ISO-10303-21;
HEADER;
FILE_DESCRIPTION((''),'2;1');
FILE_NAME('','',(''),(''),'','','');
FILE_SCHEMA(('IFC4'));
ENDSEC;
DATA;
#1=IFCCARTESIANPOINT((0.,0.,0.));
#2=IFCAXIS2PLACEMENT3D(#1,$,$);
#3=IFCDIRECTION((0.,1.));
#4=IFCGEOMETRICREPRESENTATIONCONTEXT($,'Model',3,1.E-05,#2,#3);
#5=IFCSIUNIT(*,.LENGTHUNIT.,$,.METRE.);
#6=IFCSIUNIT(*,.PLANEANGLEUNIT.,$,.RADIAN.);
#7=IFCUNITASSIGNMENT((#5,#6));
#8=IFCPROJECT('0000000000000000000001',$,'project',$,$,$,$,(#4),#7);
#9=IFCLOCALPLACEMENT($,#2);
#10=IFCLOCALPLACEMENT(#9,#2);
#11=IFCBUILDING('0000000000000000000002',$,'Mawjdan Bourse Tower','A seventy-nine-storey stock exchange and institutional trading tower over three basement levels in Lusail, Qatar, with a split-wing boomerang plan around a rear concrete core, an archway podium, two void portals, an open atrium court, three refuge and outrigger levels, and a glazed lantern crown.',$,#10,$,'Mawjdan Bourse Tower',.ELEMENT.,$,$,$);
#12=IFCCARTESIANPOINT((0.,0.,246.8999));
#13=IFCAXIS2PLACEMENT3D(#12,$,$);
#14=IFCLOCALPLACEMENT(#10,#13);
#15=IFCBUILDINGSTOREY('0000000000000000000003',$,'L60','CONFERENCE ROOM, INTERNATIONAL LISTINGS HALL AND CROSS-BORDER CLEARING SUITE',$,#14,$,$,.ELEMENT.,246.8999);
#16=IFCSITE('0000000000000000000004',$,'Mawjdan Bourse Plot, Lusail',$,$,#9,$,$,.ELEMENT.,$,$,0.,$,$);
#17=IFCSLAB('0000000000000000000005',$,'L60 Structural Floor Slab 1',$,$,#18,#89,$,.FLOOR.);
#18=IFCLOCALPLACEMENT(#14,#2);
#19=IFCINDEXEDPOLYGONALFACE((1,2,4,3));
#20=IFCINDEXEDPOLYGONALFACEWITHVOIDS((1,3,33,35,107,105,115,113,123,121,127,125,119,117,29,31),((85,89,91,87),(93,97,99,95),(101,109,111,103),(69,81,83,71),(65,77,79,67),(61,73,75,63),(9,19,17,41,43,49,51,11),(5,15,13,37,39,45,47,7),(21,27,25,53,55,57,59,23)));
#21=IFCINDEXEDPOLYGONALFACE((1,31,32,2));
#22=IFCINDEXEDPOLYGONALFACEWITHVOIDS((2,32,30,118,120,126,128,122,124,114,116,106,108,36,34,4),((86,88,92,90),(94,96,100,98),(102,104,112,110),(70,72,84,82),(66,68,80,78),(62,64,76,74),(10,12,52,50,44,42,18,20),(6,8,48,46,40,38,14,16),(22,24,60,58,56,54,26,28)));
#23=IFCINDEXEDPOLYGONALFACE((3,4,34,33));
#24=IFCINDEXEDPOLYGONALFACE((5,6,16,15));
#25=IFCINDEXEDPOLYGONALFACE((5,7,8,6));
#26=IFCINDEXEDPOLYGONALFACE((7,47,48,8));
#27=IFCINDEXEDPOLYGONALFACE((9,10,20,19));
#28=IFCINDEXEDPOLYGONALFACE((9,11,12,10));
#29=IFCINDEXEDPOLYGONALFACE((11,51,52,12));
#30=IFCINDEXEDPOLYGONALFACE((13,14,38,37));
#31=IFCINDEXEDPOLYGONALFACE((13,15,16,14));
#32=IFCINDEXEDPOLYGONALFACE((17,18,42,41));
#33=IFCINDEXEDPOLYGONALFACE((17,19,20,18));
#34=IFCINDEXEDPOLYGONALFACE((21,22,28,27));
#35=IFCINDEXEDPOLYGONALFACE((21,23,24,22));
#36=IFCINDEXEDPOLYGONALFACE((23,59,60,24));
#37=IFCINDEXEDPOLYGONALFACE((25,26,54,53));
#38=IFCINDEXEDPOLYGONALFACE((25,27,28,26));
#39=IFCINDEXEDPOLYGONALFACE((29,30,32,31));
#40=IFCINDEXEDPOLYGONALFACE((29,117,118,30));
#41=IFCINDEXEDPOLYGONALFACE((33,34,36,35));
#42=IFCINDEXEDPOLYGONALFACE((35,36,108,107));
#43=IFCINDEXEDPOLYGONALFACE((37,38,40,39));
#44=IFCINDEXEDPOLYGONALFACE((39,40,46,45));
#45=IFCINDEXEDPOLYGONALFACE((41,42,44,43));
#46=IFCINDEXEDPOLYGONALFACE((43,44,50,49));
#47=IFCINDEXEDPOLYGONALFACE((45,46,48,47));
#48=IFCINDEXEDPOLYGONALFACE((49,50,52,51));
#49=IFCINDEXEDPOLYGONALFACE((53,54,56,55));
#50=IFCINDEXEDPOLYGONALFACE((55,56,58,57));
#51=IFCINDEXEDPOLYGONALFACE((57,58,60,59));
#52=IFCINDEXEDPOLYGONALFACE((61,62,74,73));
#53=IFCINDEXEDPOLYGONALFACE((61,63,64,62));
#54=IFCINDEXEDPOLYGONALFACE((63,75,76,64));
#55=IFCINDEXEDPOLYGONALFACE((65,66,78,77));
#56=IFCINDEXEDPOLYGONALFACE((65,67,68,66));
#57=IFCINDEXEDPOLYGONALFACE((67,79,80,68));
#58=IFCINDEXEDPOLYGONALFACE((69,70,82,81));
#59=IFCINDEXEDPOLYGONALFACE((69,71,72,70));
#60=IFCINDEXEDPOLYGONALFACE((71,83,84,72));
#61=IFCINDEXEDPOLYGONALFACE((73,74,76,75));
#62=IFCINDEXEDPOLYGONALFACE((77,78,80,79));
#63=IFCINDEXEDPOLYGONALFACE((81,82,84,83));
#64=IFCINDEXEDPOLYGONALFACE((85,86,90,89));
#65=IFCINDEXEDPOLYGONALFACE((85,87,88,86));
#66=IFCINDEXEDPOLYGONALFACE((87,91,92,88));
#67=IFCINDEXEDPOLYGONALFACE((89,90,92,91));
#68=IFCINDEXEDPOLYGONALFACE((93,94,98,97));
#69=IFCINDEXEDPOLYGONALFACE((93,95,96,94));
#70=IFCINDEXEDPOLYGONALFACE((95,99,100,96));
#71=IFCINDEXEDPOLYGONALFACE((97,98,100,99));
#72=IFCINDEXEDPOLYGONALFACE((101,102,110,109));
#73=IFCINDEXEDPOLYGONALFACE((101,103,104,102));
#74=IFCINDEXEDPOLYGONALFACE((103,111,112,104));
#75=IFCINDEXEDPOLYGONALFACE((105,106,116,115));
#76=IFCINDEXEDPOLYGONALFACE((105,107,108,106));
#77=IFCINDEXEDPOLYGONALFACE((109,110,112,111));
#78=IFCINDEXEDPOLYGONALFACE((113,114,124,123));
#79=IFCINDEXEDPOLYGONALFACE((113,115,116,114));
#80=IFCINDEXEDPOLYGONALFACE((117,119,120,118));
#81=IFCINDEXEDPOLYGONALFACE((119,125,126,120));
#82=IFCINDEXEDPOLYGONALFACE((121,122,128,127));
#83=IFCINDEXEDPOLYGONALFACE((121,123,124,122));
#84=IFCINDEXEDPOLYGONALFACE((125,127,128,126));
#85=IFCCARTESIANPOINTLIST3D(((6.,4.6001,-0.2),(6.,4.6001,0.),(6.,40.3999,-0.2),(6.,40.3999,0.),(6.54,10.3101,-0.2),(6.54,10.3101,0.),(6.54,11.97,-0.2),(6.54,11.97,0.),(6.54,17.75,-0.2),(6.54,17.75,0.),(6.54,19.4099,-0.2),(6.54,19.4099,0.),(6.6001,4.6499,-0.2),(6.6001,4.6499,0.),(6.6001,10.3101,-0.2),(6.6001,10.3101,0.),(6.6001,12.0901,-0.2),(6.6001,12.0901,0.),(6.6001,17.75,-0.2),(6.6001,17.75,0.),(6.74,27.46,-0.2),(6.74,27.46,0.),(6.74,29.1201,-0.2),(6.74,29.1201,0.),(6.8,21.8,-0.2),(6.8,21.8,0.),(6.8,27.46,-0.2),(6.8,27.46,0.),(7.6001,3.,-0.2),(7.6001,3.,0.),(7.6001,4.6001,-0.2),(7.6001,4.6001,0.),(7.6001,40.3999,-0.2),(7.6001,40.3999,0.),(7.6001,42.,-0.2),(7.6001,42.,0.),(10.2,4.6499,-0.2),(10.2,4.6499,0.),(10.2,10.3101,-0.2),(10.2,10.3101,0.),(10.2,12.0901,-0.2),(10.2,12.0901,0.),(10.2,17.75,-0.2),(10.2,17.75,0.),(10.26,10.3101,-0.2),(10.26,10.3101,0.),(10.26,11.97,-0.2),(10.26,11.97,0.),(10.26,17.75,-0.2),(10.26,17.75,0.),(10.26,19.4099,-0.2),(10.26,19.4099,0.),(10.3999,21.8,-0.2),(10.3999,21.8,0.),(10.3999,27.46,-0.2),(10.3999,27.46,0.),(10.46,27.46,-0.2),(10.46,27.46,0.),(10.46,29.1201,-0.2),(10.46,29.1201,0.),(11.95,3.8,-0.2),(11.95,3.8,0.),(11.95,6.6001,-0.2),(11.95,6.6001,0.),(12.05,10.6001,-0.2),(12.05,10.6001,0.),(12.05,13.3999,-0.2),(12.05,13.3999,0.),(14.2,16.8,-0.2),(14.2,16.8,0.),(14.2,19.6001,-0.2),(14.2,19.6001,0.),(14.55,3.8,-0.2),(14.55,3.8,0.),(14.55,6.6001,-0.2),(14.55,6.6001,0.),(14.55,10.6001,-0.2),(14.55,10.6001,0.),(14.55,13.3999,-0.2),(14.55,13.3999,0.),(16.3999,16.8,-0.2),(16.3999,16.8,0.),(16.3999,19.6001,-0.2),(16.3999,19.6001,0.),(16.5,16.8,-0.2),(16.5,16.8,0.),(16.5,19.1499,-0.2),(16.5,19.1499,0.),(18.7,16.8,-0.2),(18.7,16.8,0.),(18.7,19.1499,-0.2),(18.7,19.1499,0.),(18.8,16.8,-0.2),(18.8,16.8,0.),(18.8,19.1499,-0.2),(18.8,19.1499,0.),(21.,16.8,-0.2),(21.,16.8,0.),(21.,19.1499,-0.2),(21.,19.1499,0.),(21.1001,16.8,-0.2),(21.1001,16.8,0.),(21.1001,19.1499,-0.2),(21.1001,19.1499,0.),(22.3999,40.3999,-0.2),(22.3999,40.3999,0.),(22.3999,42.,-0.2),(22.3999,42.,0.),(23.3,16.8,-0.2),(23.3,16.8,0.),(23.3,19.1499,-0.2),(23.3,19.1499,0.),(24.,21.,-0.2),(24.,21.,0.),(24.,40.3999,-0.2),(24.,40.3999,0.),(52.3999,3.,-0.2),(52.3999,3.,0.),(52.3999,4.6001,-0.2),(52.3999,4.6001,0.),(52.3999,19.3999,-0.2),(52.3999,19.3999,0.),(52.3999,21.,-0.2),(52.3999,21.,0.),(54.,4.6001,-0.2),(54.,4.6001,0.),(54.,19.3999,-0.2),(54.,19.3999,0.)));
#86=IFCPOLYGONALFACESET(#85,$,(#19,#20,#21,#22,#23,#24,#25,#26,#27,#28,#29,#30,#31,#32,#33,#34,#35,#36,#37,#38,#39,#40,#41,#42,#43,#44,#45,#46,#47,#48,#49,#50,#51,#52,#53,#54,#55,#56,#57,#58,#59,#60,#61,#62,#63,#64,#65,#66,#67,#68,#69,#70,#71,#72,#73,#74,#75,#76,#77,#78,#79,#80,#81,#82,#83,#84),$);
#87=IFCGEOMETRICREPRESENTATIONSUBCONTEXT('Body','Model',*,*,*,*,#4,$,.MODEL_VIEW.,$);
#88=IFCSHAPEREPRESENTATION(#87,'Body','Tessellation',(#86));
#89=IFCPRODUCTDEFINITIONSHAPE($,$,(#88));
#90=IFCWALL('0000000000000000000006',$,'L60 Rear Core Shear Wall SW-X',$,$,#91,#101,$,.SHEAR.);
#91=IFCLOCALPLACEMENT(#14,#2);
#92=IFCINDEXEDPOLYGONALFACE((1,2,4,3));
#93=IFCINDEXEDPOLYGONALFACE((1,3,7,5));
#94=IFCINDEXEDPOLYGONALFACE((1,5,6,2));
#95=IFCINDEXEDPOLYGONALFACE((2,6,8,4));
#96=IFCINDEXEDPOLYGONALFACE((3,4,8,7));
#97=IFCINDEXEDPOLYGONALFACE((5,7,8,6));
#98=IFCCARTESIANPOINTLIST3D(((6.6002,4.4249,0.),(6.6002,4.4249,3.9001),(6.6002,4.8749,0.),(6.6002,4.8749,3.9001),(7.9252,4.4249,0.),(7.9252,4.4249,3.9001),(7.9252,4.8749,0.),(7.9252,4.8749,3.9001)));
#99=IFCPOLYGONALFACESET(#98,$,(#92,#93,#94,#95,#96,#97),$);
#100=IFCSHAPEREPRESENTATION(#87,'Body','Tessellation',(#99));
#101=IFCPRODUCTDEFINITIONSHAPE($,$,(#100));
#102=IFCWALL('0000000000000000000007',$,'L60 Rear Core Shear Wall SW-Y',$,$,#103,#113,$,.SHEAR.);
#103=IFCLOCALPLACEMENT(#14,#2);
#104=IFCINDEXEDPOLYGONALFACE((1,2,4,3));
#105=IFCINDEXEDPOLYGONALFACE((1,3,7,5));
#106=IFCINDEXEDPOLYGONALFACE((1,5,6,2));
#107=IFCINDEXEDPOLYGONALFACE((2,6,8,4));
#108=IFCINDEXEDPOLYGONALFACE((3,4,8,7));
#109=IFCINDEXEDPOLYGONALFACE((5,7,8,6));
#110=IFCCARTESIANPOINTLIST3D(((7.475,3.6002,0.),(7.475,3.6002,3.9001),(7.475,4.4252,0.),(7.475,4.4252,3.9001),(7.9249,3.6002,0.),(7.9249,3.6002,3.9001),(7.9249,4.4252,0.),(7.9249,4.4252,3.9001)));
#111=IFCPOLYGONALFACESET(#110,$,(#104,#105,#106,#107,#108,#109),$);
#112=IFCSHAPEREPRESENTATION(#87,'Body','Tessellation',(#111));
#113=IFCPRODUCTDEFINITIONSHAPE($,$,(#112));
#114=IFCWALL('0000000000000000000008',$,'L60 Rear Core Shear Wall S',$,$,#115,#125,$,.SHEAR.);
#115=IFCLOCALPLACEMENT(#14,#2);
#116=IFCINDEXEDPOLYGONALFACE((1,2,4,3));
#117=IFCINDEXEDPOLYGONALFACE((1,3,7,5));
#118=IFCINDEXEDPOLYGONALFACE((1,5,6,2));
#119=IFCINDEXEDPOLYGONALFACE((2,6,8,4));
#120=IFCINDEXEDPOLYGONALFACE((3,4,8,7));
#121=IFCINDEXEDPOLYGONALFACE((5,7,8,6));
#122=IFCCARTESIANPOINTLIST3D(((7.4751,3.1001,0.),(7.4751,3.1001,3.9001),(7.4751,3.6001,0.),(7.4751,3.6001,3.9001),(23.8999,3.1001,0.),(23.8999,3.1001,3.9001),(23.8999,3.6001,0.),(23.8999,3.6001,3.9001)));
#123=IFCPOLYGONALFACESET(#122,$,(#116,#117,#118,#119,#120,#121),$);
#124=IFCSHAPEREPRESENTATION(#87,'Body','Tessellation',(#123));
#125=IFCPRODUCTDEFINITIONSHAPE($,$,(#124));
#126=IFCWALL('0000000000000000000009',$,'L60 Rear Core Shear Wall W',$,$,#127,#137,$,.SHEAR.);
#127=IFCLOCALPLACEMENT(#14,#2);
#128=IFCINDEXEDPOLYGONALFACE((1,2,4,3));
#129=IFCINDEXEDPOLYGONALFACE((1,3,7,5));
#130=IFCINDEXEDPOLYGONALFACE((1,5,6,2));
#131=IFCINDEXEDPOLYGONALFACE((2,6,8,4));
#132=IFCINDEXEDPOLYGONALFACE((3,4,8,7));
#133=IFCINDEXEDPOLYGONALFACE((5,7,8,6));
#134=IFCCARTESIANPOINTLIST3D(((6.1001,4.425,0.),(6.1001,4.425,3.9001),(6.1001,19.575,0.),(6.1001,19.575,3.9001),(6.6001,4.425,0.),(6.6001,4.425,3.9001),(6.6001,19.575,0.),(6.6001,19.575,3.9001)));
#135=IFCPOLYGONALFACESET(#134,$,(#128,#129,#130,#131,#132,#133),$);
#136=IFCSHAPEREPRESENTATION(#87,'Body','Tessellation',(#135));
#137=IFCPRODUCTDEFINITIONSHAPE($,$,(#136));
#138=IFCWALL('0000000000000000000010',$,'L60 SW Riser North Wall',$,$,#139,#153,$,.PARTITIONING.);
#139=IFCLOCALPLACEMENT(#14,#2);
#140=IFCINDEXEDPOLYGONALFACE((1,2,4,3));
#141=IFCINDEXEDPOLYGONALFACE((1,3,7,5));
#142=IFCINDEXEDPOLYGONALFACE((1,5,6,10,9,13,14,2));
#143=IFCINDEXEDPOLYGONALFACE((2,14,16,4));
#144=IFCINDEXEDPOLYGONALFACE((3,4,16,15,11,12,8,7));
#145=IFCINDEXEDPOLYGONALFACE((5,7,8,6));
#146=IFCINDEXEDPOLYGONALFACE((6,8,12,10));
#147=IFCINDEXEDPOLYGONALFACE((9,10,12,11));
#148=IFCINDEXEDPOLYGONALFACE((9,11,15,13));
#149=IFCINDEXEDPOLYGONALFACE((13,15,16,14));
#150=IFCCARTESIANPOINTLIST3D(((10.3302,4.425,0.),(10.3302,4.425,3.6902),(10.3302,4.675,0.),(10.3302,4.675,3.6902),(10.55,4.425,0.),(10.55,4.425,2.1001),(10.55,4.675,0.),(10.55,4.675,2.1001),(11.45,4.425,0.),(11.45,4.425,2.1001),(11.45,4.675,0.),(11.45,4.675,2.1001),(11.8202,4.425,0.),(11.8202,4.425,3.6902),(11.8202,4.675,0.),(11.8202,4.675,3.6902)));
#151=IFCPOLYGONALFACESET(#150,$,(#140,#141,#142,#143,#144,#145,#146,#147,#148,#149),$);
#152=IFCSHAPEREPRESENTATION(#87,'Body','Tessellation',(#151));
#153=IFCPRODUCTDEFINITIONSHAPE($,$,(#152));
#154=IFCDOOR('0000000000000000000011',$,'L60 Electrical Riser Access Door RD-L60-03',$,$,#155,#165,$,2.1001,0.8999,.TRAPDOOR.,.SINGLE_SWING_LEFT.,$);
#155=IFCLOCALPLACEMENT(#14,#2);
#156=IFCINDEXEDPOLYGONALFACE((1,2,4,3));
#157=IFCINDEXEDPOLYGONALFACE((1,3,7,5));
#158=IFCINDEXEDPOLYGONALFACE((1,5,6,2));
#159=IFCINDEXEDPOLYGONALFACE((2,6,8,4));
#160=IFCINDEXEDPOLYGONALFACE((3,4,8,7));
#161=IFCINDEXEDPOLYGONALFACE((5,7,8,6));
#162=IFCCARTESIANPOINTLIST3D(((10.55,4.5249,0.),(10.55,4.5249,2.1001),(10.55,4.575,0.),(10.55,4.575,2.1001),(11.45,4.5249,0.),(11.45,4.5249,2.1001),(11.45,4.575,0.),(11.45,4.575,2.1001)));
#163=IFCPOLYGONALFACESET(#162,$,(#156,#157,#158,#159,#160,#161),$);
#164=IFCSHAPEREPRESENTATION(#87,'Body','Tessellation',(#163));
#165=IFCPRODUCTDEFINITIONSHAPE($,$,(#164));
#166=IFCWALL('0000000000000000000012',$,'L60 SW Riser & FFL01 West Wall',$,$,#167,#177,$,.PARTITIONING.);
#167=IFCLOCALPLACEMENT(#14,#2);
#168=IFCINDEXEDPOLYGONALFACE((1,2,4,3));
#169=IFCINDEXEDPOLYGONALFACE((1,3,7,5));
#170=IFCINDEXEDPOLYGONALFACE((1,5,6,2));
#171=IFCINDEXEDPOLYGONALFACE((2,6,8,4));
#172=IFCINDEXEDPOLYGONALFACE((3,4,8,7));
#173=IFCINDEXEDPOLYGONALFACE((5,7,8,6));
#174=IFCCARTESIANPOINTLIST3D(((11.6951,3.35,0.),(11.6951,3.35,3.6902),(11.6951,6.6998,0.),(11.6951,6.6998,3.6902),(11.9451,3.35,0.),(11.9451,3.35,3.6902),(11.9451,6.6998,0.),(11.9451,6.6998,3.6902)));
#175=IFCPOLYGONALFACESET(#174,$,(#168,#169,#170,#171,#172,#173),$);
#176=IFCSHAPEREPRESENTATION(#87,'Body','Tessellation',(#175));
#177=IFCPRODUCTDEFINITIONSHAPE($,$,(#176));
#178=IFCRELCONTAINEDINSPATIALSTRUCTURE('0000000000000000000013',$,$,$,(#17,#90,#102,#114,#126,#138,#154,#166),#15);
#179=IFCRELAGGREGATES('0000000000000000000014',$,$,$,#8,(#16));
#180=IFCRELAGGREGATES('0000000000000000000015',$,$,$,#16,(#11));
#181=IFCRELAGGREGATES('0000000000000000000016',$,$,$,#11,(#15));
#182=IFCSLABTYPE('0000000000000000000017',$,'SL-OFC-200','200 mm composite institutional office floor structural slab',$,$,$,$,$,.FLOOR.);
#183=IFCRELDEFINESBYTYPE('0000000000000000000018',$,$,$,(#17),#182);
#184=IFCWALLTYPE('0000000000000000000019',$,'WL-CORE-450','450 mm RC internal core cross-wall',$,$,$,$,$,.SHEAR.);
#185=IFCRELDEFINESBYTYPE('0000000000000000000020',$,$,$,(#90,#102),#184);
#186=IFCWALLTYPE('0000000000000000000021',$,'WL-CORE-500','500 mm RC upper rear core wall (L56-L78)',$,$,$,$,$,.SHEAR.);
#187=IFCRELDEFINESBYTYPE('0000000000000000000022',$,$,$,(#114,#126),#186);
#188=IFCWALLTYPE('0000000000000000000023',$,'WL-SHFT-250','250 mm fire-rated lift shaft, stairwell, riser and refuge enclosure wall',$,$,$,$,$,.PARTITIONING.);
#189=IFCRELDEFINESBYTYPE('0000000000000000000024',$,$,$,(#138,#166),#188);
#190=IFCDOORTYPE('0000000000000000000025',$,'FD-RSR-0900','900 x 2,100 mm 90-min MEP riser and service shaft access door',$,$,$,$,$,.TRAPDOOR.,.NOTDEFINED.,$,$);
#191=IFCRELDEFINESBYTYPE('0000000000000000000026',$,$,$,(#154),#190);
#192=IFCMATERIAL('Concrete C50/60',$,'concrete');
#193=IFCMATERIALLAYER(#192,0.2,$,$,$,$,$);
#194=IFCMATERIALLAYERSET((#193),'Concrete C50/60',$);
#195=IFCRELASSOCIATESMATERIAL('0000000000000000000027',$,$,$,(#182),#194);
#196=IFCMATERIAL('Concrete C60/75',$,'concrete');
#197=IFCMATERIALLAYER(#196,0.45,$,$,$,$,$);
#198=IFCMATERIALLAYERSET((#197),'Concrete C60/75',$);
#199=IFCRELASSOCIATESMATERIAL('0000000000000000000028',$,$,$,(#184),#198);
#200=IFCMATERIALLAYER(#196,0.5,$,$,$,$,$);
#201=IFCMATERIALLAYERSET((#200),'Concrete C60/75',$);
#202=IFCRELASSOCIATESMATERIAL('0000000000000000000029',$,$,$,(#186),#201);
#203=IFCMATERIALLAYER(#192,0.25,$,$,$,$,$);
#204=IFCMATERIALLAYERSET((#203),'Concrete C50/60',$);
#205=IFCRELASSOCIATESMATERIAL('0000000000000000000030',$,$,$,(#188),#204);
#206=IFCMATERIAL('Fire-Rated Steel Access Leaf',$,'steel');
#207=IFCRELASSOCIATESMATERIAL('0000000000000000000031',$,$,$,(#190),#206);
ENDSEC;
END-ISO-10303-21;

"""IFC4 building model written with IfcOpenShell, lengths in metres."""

from ifc_helpers import new_model, si_unit, direction, frame, frame_2d, origin, place, context, subcontext, project, spatial, polyline, rectangle, outline, extrude, material, layer, layer_set, type_object, element, fill, save


model = new_model("IFC4")

# Units and contexts
model_context = context("Model", 3, precision=1e-05, world=origin(), true_north=direction((0.0, 1.0)))
body_context = subcontext(model_context, "Body", "Model", "MODEL_VIEW")
ifc_project = project(units=[si_unit("LENGTHUNIT", "METRE"), si_unit("PLANEANGLEUNIT", "RADIAN")], contexts=[model_context])

# Site, building, storey
site_placement = place(None, origin())
site = spatial("IfcSite", under=ifc_project, at=site_placement, Name="Mawjdan Bourse Plot, Lusail", CompositionType="ELEMENT", RefElevation=0.0)
building_placement = place(site_placement, origin())
building = spatial("IfcBuilding", under=site, at=building_placement, Name="Mawjdan Bourse Tower", Description="A seventy-nine-storey stock exchange and institutional trading tower over three basement levels in Lusail, Qatar, with a split-wing boomerang plan around a rear concrete core, an archway podium, two void portals, an open atrium court, three refuge and outrigger levels, and a glazed lantern crown.", LongName="Mawjdan Bourse Tower", CompositionType="ELEMENT")
storey_placement = place(building_placement, frame((0.0, 0.0, 246.8999)))
storey = spatial("IfcBuildingStorey", under=building, at=storey_placement, Name="L60", Description="CONFERENCE ROOM, INTERNATIONAL LISTINGS HALL AND CROSS-BORDER CLEARING SUITE", CompositionType="ELEMENT", Elevation=246.8999)

# Shared definitions
ifc_material_1 = material(Name="Concrete C50/60", Category="concrete")

# Slab
ifc_layer_1 = layer(ifc_material_1, 0.2)
ifc_layer_set_1 = layer_set([ifc_layer_1], Name="Concrete C50/60")
slab_type_1 = type_object("IfcSlabType", Name="SL-OFC-200", Description="200 mm composite institutional office floor structural slab", PredefinedType="FLOOR", material=ifc_layer_set_1)
slab_1_placement = place(storey_placement, frame((0.0, 0.0, -0.2)))
element("IfcSlab", 1, at=slab_1_placement, inside=storey, type_object=slab_type_1, Name="L60 Structural Floor Slab 1", PredefinedType="FLOOR", context=body_context, shape_type="SweptSolid", body=[
    extrude(outline(polyline([(7.6001, 3.0), (52.3999, 3.0), (52.3999, 4.6001), (54.0, 4.6001), (54.0, 19.3999), (52.3999, 19.3999), (52.3999, 21.0), (24.0, 21.0), (24.0, 40.3999), (22.3999, 40.3999), (22.3999, 42.0), (7.6001, 42.0), (7.6001, 40.3999), (6.0, 40.3999), (6.0, 4.6001), (7.6001, 4.6001), (7.6001, 3.0)]), holes=[polyline([(6.54, 11.97), (10.26, 11.97), (10.26, 10.3101), (10.2, 10.3101), (10.2, 4.6499), (6.6001, 4.6499), (6.6001, 10.3101), (6.54, 10.3101), (6.54, 11.97)]), polyline([(6.6001, 12.0901), (6.6001, 17.75), (6.54, 17.75), (6.54, 19.4099), (10.26, 19.4099), (10.26, 17.75), (10.2, 17.75), (10.2, 12.0901), (6.6001, 12.0901)]), polyline([(10.46, 29.1201), (10.46, 27.46), (10.3999, 27.46), (10.3999, 21.8), (6.8, 21.8), (6.8, 27.46), (6.74, 27.46), (6.74, 29.1201), (10.46, 29.1201)]), polyline([(14.55, 3.8), (11.95, 3.8), (11.95, 6.6001), (14.55, 6.6001), (14.55, 3.8)]), polyline([(12.05, 10.6001), (12.05, 13.3999), (14.55, 13.3999), (14.55, 10.6001), (12.05, 10.6001)]), polyline([(16.5, 16.8), (16.5, 19.1499), (18.7, 19.1499), (18.7, 16.8), (16.5, 16.8)]), polyline([(21.0, 16.8), (18.8, 16.8), (18.8, 19.1499), (21.0, 19.1499), (21.0, 16.8)]), polyline([(21.1001, 16.8), (21.1001, 19.1499), (23.3, 19.1499), (23.3, 16.8), (21.1001, 16.8)]), polyline([(14.2, 16.8), (14.2, 19.6001), (16.3999, 19.6001), (16.3999, 16.8), (14.2, 16.8)])]), origin(), (0.0, 0.0, 1.0), 0.2),
])

# Walls
ifc_material_2 = material(Name="Concrete C60/75", Category="concrete")
ifc_layer_2 = layer(ifc_material_2, 0.45)
ifc_layer_set_2 = layer_set([ifc_layer_2], Name="Concrete C60/75")
wall_type_1 = type_object("IfcWallType", Name="WL-CORE-450", Description="450 mm RC internal core cross-wall", PredefinedType="SHEAR", material=ifc_layer_set_2)
wall_1_placement = place(storey_placement, frame((6.6001, 4.6499, 0.0), z_axis=(0.0, 0.0, 1.0), x_axis=(1.0, 0.0, 0.0)))
element("IfcWall", 2, at=wall_1_placement, inside=storey, type_object=wall_type_1, Name="L60 Rear Core Shear Wall SW-X", PredefinedType="SHEAR", context=body_context, shape_type="SweptSolid", body=[
    extrude(rectangle(XDim=1.325, YDim=0.45, at=frame_2d((0.6626, 0.0))), origin(), (0.0, 0.0, 1.0), 3.9001),
])
wall_2_placement = place(storey_placement, frame((7.7, 3.6001, 0.0), z_axis=(0.0, 0.0, 1.0), x_axis=(0.0, 1.0, 0.0)))
element("IfcWall", 3, at=wall_2_placement, inside=storey, type_object=wall_type_1, Name="L60 Rear Core Shear Wall SW-Y", PredefinedType="SHEAR", context=body_context, shape_type="SweptSolid", body=[
    extrude(rectangle(XDim=0.825, YDim=0.45, at=frame_2d((0.4126, 0.0))), origin(), (0.0, 0.0, 1.0), 3.9001),
])
ifc_layer_3 = layer(ifc_material_2, 0.5)
ifc_layer_set_3 = layer_set([ifc_layer_3], Name="Concrete C60/75")
wall_type_2 = type_object("IfcWallType", Name="WL-CORE-500", Description="500 mm RC upper rear core wall (L56-L78)", PredefinedType="SHEAR", material=ifc_layer_set_3)
wall_3_placement = place(storey_placement, frame((7.4751, 3.3501, 0.0), z_axis=(0.0, 0.0, 1.0), x_axis=(1.0, 0.0, 0.0)))
element("IfcWall", 4, at=wall_3_placement, inside=storey, type_object=wall_type_2, Name="L60 Rear Core Shear Wall S", PredefinedType="SHEAR", context=body_context, shape_type="SweptSolid", body=[
    extrude(rectangle(XDim=16.4248, YDim=0.5, at=frame_2d((8.2124, 0.0))), origin(), (0.0, 0.0, 1.0), 3.9001),
])
wall_4_placement = place(storey_placement, frame((6.3501, 4.425, 0.0), z_axis=(0.0, 0.0, 1.0), x_axis=(0.0, 1.0, 0.0)))
element("IfcWall", 5, at=wall_4_placement, inside=storey, type_object=wall_type_2, Name="L60 Rear Core Shear Wall W", PredefinedType="SHEAR", context=body_context, shape_type="SweptSolid", body=[
    extrude(rectangle(XDim=15.1499, YDim=0.5, at=frame_2d((7.575, 0.0))), origin(), (0.0, 0.0, 1.0), 3.9001),
])

# Wall, opening, door
ifc_layer_4 = layer(ifc_material_1, 0.25)
ifc_layer_set_4 = layer_set([ifc_layer_4], Name="Concrete C50/60")
wall_type_3 = type_object("IfcWallType", Name="WL-SHFT-250", Description="250 mm fire-rated lift shaft, stairwell, riser and refuge enclosure wall", PredefinedType="PARTITIONING", material=ifc_layer_set_4)
wall_5_placement = place(storey_placement, frame((10.3301, 4.55, 0.0), z_axis=(0.0, 0.0, 1.0), x_axis=(1.0, 0.0, 0.0)))
wall_5 = element("IfcWall", 6, at=wall_5_placement, inside=storey, type_object=wall_type_3, Name="L60 SW Riser North Wall", PredefinedType="PARTITIONING", context=body_context, shape_type="SweptSolid", body=[
    extrude(rectangle(XDim=1.49, YDim=0.25, at=frame_2d((0.7451, 0.0))), origin(), (0.0, 0.0, 1.0), 3.6902),
])
opening_1_placement = place(wall_5_placement, frame((0.22, 0.0, 0.0)))
opening_1 = element("IfcOpeningElement", 7, at=opening_1_placement, cuts=wall_5, PredefinedType="OPENING", context=body_context, shape_type="SweptSolid", body=[
    extrude(rectangle(XDim=0.8999, YDim=2.1001, at=frame_2d((0.45, 1.05))), frame((0.0, 0.135, 0.0), z_axis=(0.0, -1.0, 0.0), x_axis=(1.0, 0.0, 0.0)), (0.0, 0.0, 1.0), 0.27),
])
ifc_material_3 = material(Name="Fire-Rated Steel Access Leaf", Category="steel")
door_type_1 = type_object("IfcDoorType", Name="FD-RSR-0900", Description="900 x 2,100 mm 90-min MEP riser and service shaft access door", OperationType="NOTDEFINED", PredefinedType="TRAPDOOR", material=ifc_material_3)
door_1_placement = place(opening_1_placement, origin())
door_1 = element("IfcDoor", 8, at=door_1_placement, inside=storey, type_object=door_type_1, Name="L60 Electrical Riser Access Door RD-L60-03", OperationType="SINGLE_SWING_LEFT", OverallHeight=2.1001, OverallWidth=0.8999, PredefinedType="TRAPDOOR", context=body_context, shape_type="SweptSolid", body=[
    extrude(rectangle(XDim=0.8999, YDim=2.1001, at=frame_2d((0.45, 1.05))), frame((0.0, 0.0249, 0.0), z_axis=(0.0, -1.0, 0.0), x_axis=(1.0, 0.0, 0.0)), (0.0, 0.0, 1.0), 0.05),
])
fill(opening_1, door_1)

# Wall
wall_6_placement = place(storey_placement, frame((11.8201, 3.3501, 0.0), z_axis=(0.0, 0.0, 1.0), x_axis=(0.0, 1.0, 0.0)))
element("IfcWall", 9, at=wall_6_placement, inside=storey, type_object=wall_type_3, Name="L60 SW Riser & FFL01 West Wall", PredefinedType="PARTITIONING", context=body_context, shape_type="SweptSolid", body=[
    extrude(rectangle(XDim=3.3499, YDim=0.25, at=frame_2d((1.6748, 0.0))), origin(), (0.0, 0.0, 1.0), 3.6902),
])

save(model, "model.ifc")
